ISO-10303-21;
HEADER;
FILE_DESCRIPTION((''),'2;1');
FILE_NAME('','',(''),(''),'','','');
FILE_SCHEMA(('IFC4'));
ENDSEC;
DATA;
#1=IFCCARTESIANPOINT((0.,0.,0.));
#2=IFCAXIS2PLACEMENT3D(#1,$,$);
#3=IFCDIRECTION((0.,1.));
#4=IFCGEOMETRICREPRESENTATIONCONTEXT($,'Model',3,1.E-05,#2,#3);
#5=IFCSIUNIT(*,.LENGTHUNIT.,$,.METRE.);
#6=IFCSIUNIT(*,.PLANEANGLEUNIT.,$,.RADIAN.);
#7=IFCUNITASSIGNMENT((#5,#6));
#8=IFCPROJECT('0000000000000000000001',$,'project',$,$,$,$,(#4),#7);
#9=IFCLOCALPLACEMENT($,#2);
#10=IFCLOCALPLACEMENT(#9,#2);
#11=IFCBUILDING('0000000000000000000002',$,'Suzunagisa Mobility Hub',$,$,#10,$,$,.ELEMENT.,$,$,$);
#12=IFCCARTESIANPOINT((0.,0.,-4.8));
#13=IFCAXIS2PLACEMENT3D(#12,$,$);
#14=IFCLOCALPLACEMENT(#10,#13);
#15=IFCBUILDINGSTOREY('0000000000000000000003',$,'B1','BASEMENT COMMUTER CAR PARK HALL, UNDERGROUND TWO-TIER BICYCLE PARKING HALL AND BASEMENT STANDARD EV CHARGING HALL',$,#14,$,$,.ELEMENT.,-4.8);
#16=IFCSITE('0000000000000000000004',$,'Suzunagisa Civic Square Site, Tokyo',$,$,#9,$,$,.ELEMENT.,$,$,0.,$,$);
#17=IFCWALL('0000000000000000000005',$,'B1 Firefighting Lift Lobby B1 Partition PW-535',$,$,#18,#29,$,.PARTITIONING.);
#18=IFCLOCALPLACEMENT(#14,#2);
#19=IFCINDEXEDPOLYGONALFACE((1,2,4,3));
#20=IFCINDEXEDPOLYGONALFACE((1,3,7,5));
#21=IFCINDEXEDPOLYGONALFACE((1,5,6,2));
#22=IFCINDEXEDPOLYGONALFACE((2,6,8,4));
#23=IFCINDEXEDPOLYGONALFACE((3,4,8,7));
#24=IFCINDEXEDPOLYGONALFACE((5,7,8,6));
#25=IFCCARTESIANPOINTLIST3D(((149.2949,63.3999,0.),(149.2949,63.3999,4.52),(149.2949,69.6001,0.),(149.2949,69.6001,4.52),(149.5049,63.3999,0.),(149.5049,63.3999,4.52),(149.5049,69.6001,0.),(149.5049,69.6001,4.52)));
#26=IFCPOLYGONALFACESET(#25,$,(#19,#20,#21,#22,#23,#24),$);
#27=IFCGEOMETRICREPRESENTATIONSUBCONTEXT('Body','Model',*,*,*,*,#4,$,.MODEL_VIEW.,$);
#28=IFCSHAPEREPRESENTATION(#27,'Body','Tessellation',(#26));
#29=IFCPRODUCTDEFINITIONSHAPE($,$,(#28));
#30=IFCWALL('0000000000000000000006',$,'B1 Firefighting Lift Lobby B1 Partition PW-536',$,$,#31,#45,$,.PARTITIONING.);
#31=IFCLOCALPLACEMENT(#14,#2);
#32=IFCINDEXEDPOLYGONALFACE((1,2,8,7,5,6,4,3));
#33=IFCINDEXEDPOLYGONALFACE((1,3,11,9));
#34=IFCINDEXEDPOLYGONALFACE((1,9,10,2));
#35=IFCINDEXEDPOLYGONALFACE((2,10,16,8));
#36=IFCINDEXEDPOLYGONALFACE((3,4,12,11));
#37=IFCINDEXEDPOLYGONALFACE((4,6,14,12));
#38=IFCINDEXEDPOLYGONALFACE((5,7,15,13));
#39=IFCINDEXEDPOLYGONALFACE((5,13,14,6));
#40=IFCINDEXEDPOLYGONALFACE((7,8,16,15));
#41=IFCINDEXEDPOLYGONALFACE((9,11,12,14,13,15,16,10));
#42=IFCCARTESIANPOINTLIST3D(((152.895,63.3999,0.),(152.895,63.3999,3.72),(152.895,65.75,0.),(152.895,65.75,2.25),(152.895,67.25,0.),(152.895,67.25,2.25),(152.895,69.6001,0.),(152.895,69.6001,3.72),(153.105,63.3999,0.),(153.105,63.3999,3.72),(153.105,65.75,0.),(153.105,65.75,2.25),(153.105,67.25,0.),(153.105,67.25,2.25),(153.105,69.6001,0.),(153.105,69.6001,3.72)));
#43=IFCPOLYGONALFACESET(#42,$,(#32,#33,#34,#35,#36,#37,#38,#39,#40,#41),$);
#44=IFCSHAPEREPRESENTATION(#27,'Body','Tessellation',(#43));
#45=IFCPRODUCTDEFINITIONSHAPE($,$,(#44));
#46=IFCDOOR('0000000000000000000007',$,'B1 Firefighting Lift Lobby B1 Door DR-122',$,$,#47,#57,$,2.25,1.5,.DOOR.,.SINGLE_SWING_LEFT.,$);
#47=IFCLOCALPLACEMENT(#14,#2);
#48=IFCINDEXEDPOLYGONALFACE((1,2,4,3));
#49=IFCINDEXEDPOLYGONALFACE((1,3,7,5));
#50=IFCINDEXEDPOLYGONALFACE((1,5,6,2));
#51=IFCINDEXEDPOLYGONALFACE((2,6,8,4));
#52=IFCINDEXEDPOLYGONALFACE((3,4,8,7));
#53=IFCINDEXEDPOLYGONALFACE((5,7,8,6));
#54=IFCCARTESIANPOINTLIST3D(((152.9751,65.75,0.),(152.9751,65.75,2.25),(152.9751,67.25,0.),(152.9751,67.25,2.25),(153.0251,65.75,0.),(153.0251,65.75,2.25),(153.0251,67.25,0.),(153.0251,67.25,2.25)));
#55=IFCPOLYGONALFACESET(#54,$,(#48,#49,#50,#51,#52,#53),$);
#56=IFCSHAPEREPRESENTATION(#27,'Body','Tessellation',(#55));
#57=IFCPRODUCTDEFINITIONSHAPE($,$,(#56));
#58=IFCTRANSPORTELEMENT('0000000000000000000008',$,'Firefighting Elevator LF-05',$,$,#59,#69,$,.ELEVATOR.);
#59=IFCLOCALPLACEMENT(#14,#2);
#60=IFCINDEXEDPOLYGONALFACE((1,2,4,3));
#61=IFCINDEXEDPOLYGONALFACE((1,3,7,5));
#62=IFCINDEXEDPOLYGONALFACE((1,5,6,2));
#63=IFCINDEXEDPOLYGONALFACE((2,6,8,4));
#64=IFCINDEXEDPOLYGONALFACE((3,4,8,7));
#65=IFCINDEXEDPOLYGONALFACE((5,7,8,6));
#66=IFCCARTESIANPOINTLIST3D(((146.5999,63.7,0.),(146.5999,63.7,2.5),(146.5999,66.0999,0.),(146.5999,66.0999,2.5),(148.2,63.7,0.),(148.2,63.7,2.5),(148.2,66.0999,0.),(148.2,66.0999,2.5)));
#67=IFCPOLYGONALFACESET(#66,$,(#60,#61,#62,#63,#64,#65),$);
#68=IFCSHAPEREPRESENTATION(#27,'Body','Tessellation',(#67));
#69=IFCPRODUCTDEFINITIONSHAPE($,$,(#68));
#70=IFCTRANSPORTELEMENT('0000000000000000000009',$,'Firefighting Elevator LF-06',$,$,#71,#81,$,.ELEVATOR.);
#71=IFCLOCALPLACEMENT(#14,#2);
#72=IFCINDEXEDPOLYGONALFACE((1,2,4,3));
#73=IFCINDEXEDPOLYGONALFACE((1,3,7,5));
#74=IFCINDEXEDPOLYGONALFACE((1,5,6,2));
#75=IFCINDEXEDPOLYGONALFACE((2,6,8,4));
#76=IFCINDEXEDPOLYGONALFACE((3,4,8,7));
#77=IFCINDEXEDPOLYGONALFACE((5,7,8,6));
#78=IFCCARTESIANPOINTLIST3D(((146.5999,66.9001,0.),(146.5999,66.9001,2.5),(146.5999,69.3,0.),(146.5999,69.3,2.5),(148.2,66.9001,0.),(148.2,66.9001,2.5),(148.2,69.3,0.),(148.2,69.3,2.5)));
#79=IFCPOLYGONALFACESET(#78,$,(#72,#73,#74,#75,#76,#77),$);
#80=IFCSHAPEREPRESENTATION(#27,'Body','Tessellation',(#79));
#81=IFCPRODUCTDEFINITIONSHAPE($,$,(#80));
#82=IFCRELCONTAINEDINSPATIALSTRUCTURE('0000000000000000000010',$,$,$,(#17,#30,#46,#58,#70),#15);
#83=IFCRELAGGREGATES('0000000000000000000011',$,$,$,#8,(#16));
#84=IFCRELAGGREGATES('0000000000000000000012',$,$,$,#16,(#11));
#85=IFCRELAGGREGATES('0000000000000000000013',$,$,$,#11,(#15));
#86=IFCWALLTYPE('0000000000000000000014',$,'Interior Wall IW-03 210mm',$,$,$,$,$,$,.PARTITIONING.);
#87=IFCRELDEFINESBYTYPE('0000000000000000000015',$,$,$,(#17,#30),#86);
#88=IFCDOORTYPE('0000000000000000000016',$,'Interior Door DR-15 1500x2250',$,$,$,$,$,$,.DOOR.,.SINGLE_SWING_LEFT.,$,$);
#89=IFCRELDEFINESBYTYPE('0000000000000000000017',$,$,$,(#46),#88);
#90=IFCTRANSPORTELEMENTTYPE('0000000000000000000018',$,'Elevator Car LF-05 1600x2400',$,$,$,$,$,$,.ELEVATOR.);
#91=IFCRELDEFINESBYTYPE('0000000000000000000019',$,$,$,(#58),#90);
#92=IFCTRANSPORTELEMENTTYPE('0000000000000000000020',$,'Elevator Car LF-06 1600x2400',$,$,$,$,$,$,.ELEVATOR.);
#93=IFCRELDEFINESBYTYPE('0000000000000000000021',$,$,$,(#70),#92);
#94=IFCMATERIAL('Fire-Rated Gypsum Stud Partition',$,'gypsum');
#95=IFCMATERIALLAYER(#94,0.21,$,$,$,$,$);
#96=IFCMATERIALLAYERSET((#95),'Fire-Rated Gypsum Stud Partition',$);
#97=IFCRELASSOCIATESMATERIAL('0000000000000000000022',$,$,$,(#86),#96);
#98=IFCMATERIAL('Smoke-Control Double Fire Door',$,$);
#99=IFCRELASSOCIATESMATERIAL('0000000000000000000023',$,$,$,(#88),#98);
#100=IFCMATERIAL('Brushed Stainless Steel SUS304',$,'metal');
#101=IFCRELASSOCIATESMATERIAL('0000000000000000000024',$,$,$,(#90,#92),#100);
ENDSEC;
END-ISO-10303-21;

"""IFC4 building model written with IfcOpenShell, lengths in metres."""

from ifc_helpers import new_model, si_unit, direction, frame, frame_2d, origin, origin_2d, place, context, subcontext, project, spatial, rectangle, extrude, material, layer, layer_set, type_object, element, fill, save


model = new_model("IFC4")

# Units and contexts
model_context = context("Model", 3, precision=1e-05, world=origin(), true_north=direction((0.0, 1.0)))
body_context = subcontext(model_context, "Body", "Model", "MODEL_VIEW")
ifc_project = project(units=[si_unit("LENGTHUNIT", "METRE"), si_unit("PLANEANGLEUNIT", "RADIAN")], contexts=[model_context])

# Site, building, storey
site_placement = place(None, origin())
site = spatial("IfcSite", under=ifc_project, at=site_placement, Name="Suzunagisa Civic Square Site, Tokyo", CompositionType="ELEMENT", RefElevation=0.0)
building_placement = place(site_placement, origin())
building = spatial("IfcBuilding", under=site, at=building_placement, Name="Suzunagisa Mobility Hub", CompositionType="ELEMENT")
storey_placement = place(building_placement, frame((0.0, 0.0, -4.8)))
storey = spatial("IfcBuildingStorey", under=building, at=storey_placement, Name="B1", Description="BASEMENT COMMUTER CAR PARK HALL, UNDERGROUND TWO-TIER BICYCLE PARKING HALL AND BASEMENT STANDARD EV CHARGING HALL", CompositionType="ELEMENT", Elevation=-4.8)

# Shared definitions
ifc_material_1 = material(Name="Fire-Rated Gypsum Stud Partition", Category="gypsum")
ifc_layer_1 = layer(ifc_material_1, 0.21)
ifc_layer_set_1 = layer_set([ifc_layer_1], Name="Fire-Rated Gypsum Stud Partition")
wall_type = type_object("IfcWallType", Name="Interior Wall IW-03 210mm", PredefinedType="PARTITIONING", material=ifc_layer_set_1)
ifc_material_2 = material(Name="Brushed Stainless Steel SUS304", Category="metal")

# Wall
wall_1_placement = place(storey_placement, frame((149.3999, 63.3999, 0.0), z_axis=(0.0, 0.0, 1.0), x_axis=(0.0, 1.0, 0.0)))
element("IfcWall", 1, at=wall_1_placement, inside=storey, type_object=wall_type, Name="B1 Firefighting Lift Lobby B1 Partition PW-535", PredefinedType="PARTITIONING", context=body_context, shape_type="SweptSolid", body=[
    extrude(rectangle(XDim=6.2002, YDim=0.21, at=frame_2d((3.1001, 0.0))), origin(), (0.0, 0.0, 1.0), 4.52),
])

# Wall, opening, door
wall_2_placement = place(storey_placement, frame((153.0, 63.3999, 0.0), z_axis=(0.0, 0.0, 1.0), x_axis=(0.0, 1.0, 0.0)))
wall_2 = element("IfcWall", 2, at=wall_2_placement, inside=storey, type_object=wall_type, Name="B1 Firefighting Lift Lobby B1 Partition PW-536", PredefinedType="PARTITIONING", context=body_context, shape_type="SweptSolid", body=[
    extrude(rectangle(XDim=6.2002, YDim=0.21, at=frame_2d((3.1001, 0.0))), origin(), (0.0, 0.0, 1.0), 3.72),
])
opening_1_placement = place(wall_2_placement, frame((2.3501, 0.0, 0.0)))
opening_1 = element("IfcOpeningElement", 3, at=opening_1_placement, cuts=wall_2, PredefinedType="OPENING", context=body_context, shape_type="SweptSolid", body=[
    extrude(rectangle(XDim=1.5, YDim=2.25, at=frame_2d((0.75, 1.125))), frame((0.0, 0.116, 0.0), z_axis=(0.0, -1.0, 0.0), x_axis=(1.0, 0.0, 0.0)), (0.0, 0.0, 1.0), 0.2319),
])
ifc_material_3 = material(Name="Smoke-Control Double Fire Door")
door_type_1 = type_object("IfcDoorType", Name="Interior Door DR-15 1500x2250", OperationType="SINGLE_SWING_LEFT", PredefinedType="DOOR", material=ifc_material_3)
door_1_placement = place(opening_1_placement, origin())
door_1 = element("IfcDoor", 4, at=door_1_placement, inside=storey, type_object=door_type_1, Name="B1 Firefighting Lift Lobby B1 Door DR-122", OperationType="SINGLE_SWING_LEFT", OverallHeight=2.25, OverallWidth=1.5, PredefinedType="DOOR", context=body_context, shape_type="SweptSolid", body=[
    extrude(rectangle(XDim=1.5, YDim=2.25, at=frame_2d((0.75, 1.125))), frame((0.0, 0.0249, 0.0), z_axis=(0.0, -1.0, 0.0), x_axis=(1.0, 0.0, 0.0)), (0.0, 0.0, 1.0), 0.05),
])
fill(opening_1, door_1)

# Transport elements
transport_element_type_1 = type_object("IfcTransportElementType", Name="Elevator Car LF-05 1600x2400", PredefinedType="ELEVATOR", material=ifc_material_2)
transport_element_1_placement = place(storey_placement, frame((147.3999, 64.8999, 0.0), z_axis=(0.0, 0.0, 1.0), x_axis=(1.0, 0.0, 0.0)))
element("IfcTransportElement", 5, at=transport_element_1_placement, inside=storey, type_object=transport_element_type_1, Name="Firefighting Elevator LF-05", PredefinedType="ELEVATOR", context=body_context, shape_type="SweptSolid", body=[
    extrude(rectangle(XDim=1.6001, YDim=2.3999, at=origin_2d()), origin(), (0.0, 0.0, 1.0), 2.5),
])
transport_element_type_2 = type_object("IfcTransportElementType", Name="Elevator Car LF-06 1600x2400", PredefinedType="ELEVATOR", material=ifc_material_2)
transport_element_2_placement = place(storey_placement, frame((147.3999, 68.1001, 0.0), z_axis=(0.0, 0.0, 1.0), x_axis=(1.0, 0.0, 0.0)))
element("IfcTransportElement", 6, at=transport_element_2_placement, inside=storey, type_object=transport_element_type_2, Name="Firefighting Elevator LF-06", PredefinedType="ELEVATOR", context=body_context, shape_type="SweptSolid", body=[
    extrude(rectangle(XDim=1.6001, YDim=2.3999, at=origin_2d()), origin(), (0.0, 0.0, 1.0), 2.5),
])

save(model, "model.ifc")
